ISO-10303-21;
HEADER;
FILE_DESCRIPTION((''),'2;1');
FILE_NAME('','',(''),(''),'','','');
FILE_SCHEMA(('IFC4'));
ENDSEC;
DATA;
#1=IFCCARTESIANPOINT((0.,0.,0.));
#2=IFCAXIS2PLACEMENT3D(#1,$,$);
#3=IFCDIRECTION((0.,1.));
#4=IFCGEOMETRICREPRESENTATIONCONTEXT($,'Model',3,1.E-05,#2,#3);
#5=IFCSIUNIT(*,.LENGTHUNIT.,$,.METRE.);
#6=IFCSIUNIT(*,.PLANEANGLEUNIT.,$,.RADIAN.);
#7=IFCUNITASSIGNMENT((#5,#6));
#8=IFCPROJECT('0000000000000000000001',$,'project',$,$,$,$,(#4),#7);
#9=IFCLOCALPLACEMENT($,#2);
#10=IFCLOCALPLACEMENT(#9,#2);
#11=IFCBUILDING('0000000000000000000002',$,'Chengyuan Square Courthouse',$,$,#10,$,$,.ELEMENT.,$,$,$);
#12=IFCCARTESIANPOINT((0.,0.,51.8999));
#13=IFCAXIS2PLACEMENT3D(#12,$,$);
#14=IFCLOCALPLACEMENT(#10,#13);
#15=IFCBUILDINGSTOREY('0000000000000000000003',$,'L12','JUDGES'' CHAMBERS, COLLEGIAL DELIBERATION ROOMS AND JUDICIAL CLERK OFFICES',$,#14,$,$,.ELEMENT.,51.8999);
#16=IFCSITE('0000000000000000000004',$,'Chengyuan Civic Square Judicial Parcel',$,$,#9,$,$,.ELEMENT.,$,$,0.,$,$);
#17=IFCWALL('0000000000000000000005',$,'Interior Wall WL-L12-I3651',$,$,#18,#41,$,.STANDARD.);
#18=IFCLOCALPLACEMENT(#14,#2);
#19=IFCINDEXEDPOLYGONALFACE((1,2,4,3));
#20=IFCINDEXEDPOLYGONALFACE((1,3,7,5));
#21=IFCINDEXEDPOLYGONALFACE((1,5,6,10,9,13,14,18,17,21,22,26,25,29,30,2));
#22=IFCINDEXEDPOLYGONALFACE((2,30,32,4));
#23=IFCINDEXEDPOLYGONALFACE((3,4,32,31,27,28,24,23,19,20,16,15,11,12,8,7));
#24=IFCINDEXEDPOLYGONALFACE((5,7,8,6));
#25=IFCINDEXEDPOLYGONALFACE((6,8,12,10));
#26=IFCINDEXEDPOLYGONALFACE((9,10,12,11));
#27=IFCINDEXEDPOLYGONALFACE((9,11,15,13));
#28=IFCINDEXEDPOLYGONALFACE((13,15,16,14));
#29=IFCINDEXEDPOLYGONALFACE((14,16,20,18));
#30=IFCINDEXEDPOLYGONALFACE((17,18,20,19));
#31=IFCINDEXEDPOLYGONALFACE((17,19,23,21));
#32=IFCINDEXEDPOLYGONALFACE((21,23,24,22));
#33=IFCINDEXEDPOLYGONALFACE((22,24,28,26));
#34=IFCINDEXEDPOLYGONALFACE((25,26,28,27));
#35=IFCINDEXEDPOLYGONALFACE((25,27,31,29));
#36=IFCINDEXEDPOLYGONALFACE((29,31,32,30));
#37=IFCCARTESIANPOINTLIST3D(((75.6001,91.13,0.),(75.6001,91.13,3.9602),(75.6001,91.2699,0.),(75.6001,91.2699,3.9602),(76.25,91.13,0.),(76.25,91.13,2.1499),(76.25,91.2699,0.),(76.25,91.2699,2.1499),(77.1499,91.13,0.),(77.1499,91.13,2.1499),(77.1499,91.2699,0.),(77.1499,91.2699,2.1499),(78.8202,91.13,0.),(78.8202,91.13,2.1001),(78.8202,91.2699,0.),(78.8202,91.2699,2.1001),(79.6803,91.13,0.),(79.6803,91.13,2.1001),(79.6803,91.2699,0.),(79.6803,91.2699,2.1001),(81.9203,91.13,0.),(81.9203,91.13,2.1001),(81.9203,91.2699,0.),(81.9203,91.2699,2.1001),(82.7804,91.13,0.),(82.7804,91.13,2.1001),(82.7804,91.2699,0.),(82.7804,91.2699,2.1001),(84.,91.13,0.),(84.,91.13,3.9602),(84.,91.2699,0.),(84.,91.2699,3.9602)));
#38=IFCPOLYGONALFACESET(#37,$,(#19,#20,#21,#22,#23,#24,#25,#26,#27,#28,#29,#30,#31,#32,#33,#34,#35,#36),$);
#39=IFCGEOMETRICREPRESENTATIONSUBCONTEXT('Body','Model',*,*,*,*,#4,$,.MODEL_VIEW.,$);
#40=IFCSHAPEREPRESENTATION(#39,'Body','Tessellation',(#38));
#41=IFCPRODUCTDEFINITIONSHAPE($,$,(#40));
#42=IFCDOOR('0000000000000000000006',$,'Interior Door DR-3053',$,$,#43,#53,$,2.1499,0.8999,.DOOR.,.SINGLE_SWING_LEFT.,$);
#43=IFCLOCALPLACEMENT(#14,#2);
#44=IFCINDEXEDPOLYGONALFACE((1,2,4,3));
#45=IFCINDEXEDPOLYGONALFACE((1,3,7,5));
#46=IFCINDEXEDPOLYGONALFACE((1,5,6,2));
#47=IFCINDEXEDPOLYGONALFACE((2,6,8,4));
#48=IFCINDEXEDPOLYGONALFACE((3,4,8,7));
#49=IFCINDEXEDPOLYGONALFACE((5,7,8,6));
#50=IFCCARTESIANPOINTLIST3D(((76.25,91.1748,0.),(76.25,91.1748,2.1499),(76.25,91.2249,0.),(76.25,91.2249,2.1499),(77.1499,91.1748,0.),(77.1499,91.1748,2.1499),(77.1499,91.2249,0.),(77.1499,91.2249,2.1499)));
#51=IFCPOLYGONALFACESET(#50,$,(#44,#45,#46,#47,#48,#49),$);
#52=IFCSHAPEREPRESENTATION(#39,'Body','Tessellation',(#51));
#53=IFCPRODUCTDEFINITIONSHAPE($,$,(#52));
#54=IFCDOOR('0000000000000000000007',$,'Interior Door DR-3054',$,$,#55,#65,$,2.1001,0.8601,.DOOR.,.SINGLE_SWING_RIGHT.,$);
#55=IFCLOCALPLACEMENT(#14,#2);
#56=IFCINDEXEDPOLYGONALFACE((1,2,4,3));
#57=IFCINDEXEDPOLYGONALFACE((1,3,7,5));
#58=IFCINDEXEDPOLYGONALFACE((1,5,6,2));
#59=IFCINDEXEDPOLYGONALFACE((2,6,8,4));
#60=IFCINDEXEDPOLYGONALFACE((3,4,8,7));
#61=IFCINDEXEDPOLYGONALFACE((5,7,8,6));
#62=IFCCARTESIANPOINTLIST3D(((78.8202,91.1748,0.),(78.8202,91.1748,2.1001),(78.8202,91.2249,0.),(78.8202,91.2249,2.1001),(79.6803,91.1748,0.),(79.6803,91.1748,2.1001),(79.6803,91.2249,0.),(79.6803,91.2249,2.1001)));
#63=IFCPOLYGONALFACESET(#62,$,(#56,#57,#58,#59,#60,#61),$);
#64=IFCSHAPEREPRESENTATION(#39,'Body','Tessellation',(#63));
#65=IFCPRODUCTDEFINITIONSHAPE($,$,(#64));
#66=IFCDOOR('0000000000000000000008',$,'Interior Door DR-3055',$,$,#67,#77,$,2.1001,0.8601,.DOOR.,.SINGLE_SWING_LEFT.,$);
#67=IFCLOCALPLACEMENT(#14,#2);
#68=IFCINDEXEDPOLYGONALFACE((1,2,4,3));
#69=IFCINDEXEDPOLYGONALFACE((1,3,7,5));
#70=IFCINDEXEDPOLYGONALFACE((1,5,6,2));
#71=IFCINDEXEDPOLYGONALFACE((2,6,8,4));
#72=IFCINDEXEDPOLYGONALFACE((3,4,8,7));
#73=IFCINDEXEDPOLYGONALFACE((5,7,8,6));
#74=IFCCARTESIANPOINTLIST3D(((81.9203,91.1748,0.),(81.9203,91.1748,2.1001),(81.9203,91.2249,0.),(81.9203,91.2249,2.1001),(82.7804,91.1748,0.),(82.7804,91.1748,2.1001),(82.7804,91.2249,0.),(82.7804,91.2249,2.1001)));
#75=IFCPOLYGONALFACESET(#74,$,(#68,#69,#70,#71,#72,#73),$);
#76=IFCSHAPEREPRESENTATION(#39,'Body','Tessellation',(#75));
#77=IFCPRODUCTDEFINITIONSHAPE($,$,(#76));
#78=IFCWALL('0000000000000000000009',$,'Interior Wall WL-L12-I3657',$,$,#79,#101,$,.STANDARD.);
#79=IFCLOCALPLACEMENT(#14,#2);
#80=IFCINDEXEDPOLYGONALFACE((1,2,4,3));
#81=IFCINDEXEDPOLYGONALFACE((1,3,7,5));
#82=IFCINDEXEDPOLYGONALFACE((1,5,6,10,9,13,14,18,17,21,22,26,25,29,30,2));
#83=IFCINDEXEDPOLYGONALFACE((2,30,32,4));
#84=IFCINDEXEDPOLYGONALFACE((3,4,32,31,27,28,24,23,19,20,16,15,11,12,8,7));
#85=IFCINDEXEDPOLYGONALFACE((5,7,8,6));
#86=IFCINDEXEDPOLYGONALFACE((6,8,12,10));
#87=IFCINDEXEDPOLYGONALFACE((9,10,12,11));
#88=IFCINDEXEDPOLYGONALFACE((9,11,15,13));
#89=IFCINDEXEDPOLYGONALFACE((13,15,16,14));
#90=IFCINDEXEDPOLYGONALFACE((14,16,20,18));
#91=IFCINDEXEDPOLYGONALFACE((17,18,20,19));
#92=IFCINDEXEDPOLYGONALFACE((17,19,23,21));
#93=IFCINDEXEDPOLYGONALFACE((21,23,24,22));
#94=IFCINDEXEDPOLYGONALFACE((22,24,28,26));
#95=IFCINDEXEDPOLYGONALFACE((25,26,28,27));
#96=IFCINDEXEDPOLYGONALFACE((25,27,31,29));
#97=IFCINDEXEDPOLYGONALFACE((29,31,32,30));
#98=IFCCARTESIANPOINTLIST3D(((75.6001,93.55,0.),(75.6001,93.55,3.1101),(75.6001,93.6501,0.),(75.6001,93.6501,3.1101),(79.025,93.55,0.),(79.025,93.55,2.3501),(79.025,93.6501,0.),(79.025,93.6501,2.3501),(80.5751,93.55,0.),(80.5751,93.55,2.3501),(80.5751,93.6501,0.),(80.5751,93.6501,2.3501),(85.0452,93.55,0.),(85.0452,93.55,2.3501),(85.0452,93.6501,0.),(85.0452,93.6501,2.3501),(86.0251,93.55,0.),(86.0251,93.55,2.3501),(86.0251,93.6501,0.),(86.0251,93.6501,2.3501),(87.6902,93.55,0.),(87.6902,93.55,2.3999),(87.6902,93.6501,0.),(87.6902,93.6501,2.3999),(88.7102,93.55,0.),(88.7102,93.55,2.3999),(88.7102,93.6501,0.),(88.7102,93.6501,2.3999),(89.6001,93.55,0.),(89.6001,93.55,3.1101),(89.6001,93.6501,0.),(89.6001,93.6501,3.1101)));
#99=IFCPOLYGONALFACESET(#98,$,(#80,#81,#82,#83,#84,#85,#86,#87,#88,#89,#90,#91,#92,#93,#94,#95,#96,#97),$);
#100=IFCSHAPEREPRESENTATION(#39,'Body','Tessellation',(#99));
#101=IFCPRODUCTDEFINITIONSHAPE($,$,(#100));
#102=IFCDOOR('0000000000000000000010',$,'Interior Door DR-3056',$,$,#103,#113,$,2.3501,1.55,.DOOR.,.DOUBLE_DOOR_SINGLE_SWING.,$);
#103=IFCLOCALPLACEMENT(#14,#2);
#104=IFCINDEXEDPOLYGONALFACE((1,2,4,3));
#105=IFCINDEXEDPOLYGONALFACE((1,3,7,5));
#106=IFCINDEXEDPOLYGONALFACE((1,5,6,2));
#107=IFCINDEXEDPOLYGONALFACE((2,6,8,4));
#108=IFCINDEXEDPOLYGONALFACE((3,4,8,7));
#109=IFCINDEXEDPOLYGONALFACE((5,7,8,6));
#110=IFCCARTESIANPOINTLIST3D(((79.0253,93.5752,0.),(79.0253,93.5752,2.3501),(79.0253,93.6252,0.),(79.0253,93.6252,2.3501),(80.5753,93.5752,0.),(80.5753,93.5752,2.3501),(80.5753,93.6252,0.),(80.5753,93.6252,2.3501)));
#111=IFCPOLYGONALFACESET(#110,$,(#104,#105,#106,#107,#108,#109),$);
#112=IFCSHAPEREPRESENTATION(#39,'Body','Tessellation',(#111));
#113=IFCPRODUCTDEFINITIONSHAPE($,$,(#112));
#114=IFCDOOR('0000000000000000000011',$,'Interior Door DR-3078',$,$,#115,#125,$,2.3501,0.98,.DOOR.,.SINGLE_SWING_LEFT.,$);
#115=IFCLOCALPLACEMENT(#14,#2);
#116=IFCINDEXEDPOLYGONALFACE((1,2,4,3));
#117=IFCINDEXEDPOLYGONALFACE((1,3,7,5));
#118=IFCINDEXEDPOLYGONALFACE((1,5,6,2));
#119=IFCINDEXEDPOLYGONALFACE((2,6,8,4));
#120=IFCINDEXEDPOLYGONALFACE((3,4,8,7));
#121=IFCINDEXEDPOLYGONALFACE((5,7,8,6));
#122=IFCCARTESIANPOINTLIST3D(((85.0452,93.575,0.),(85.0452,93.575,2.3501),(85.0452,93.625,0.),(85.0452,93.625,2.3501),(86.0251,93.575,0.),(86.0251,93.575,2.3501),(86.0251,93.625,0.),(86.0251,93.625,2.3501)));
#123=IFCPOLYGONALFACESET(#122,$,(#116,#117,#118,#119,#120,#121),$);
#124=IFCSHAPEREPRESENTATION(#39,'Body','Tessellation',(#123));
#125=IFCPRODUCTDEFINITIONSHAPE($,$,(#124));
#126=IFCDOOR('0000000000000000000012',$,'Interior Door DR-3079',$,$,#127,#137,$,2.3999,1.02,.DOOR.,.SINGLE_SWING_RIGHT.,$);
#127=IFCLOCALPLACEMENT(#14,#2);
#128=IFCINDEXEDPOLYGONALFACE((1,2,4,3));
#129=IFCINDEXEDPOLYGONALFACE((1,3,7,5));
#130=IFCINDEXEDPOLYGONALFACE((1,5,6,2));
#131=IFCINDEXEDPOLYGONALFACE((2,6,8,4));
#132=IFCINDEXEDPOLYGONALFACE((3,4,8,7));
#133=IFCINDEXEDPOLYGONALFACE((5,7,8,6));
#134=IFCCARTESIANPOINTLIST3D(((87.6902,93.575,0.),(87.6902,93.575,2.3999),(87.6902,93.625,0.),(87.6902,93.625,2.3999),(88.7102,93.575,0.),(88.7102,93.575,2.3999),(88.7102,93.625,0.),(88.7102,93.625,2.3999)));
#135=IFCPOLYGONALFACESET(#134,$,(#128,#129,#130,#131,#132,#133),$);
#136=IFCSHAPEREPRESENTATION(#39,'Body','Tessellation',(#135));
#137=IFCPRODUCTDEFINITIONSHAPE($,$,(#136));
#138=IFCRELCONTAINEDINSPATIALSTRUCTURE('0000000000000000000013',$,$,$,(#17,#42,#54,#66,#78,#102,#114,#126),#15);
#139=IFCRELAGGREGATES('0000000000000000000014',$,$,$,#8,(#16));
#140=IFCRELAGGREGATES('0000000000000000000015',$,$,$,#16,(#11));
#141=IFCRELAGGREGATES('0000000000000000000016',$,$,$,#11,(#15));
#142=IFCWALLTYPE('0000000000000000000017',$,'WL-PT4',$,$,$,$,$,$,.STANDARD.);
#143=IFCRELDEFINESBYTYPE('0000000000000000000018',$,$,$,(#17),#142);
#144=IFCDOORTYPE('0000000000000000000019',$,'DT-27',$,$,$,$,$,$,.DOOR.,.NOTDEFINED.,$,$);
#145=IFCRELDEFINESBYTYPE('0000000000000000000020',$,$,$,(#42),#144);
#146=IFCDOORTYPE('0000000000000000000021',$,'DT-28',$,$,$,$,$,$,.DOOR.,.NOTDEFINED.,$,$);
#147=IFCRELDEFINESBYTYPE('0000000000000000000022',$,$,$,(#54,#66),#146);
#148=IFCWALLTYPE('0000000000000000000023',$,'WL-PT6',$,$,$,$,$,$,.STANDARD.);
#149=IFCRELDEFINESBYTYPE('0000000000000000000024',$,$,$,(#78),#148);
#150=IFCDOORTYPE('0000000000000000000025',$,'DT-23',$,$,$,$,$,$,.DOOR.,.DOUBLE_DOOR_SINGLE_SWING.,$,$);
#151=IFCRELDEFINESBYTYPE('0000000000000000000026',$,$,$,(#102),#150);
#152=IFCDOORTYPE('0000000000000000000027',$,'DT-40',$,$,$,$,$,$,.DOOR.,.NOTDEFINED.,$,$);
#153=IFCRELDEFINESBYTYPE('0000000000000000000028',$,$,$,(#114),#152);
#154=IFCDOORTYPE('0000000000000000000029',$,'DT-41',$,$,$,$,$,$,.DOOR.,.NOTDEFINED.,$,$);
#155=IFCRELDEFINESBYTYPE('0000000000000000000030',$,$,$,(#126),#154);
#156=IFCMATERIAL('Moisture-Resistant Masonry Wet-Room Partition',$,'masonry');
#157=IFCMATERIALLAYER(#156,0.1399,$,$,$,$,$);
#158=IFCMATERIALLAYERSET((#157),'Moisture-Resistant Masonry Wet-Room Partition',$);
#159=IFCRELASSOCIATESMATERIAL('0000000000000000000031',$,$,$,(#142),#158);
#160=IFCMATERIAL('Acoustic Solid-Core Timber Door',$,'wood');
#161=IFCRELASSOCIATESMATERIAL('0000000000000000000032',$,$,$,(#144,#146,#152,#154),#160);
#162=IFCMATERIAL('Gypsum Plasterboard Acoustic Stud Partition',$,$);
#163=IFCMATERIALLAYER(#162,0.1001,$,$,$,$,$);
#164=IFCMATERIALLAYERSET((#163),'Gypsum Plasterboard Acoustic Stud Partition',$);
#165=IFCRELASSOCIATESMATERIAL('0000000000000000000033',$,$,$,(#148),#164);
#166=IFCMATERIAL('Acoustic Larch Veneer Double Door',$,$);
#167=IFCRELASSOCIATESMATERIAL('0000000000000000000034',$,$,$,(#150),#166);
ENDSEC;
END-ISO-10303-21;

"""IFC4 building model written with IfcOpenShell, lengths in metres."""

from ifc_helpers import new_model, si_unit, direction, frame, frame_2d, origin, place, context, subcontext, project, spatial, rectangle, extrude, material, layer, layer_set, type_object, element, fill, save


model = new_model("IFC4")

# Units and contexts
model_context = context("Model", 3, precision=1e-05, world=origin(), true_north=direction((0.0, 1.0)))
body_context = subcontext(model_context, "Body", "Model", "MODEL_VIEW")
ifc_project = project(units=[si_unit("LENGTHUNIT", "METRE"), si_unit("PLANEANGLEUNIT", "RADIAN")], contexts=[model_context])

# Site, building, storey
site_placement = place(None, origin())
site = spatial("IfcSite", under=ifc_project, at=site_placement, Name="Chengyuan Civic Square Judicial Parcel", CompositionType="ELEMENT", RefElevation=0.0)
building_placement = place(site_placement, origin())
building = spatial("IfcBuilding", under=site, at=building_placement, Name="Chengyuan Square Courthouse", CompositionType="ELEMENT")
storey_placement = place(building_placement, frame((0.0, 0.0, 51.8999)))
storey = spatial("IfcBuildingStorey", under=building, at=storey_placement, Name="L12", Description="JUDGES' CHAMBERS, COLLEGIAL DELIBERATION ROOMS AND JUDICIAL CLERK OFFICES", CompositionType="ELEMENT", Elevation=51.8999)

# Shared definitions
ifc_material_1 = material(Name="Acoustic Solid-Core Timber Door", Category="wood")

# Walls, openings, doors
ifc_material_2 = material(Name="Moisture-Resistant Masonry Wet-Room Partition", Category="masonry")
ifc_layer_1 = layer(ifc_material_2, 0.1399)
ifc_layer_set_1 = layer_set([ifc_layer_1], Name="Moisture-Resistant Masonry Wet-Room Partition")
wall_type_1 = type_object("IfcWallType", Name="WL-PT4", PredefinedType="STANDARD", material=ifc_layer_set_1)
wall_1_placement = place(storey_placement, frame((75.6001, 91.2, 0.0), z_axis=(0.0, 0.0, 1.0), x_axis=(1.0, 0.0, 0.0)))
wall_1 = element("IfcWall", 1, at=wall_1_placement, inside=storey, type_object=wall_type_1, Name="Interior Wall WL-L12-I3651", PredefinedType="STANDARD", context=body_context, shape_type="SweptSolid", body=[
    extrude(rectangle(XDim=8.3999, YDim=0.1399, at=frame_2d((4.2, 0.0))), origin(), (0.0, 0.0, 1.0), 3.9602),
])
opening_1_placement = place(wall_1_placement, frame((0.6499, 0.0, 0.0)))
opening_1 = element("IfcOpeningElement", 2, at=opening_1_placement, cuts=wall_1, PredefinedType="OPENING", context=body_context, shape_type="SweptSolid", body=[
    extrude(rectangle(XDim=0.8999, YDim=2.1499, at=frame_2d((0.45, 1.075))), frame((0.0, 0.082, 0.0), z_axis=(0.0, -1.0, 0.0), x_axis=(1.0, 0.0, 0.0)), (0.0, 0.0, 1.0), 0.1638),
])
opening_2_placement = place(wall_1_placement, frame((3.22, 0.0, 0.0)))
opening_2 = element("IfcOpeningElement", 3, at=opening_2_placement, cuts=wall_1, PredefinedType="OPENING", context=body_context, shape_type="SweptSolid", body=[
    extrude(rectangle(XDim=0.8601, YDim=2.1001, at=frame_2d((0.4302, 1.05))), frame((0.0, 0.082, 0.0), z_axis=(0.0, -1.0, 0.0), x_axis=(1.0, 0.0, 0.0)), (0.0, 0.0, 1.0), 0.1638),
])
opening_3_placement = place(wall_1_placement, frame((6.3201, 0.0, 0.0)))
opening_3 = element("IfcOpeningElement", 4, at=opening_3_placement, cuts=wall_1, PredefinedType="OPENING", context=body_context, shape_type="SweptSolid", body=[
    extrude(rectangle(XDim=0.8601, YDim=2.1001, at=frame_2d((0.4302, 1.05))), frame((0.0, 0.082, 0.0), z_axis=(0.0, -1.0, 0.0), x_axis=(1.0, 0.0, 0.0)), (0.0, 0.0, 1.0), 0.1638),
])
door_type_1 = type_object("IfcDoorType", Name="DT-27", OperationType="NOTDEFINED", PredefinedType="DOOR", material=ifc_material_1)
door_1_placement = place(opening_1_placement, origin())
door_1 = element("IfcDoor", 5, at=door_1_placement, inside=storey, type_object=door_type_1, Name="Interior Door DR-3053", OperationType="SINGLE_SWING_LEFT", OverallHeight=2.1499, OverallWidth=0.8999, PredefinedType="DOOR", context=body_context, shape_type="SweptSolid", body=[
    extrude(rectangle(XDim=0.8999, YDim=2.1499, at=frame_2d((0.45, 1.075))), frame((0.0, 0.0249, 0.0), z_axis=(0.0, -1.0, 0.0), x_axis=(1.0, 0.0, 0.0)), (0.0, 0.0, 1.0), 0.05),
])
fill(opening_1, door_1)
door_type_2 = type_object("IfcDoorType", Name="DT-28", OperationType="NOTDEFINED", PredefinedType="DOOR", material=ifc_material_1)
door_2_placement = place(opening_2_placement, origin())
door_2 = element("IfcDoor", 6, at=door_2_placement, inside=storey, type_object=door_type_2, Name="Interior Door DR-3054", OperationType="SINGLE_SWING_RIGHT", OverallHeight=2.1001, OverallWidth=0.8601, PredefinedType="DOOR", context=body_context, shape_type="SweptSolid", body=[
    extrude(rectangle(XDim=0.8601, YDim=2.1001, at=frame_2d((0.4302, 1.05))), frame((0.0, 0.0249, 0.0), z_axis=(0.0, -1.0, 0.0), x_axis=(1.0, 0.0, 0.0)), (0.0, 0.0, 1.0), 0.05),
])
fill(opening_2, door_2)
door_3_placement = place(opening_3_placement, origin())
door_3 = element("IfcDoor", 7, at=door_3_placement, inside=storey, type_object=door_type_2, Name="Interior Door DR-3055", OperationType="SINGLE_SWING_LEFT", OverallHeight=2.1001, OverallWidth=0.8601, PredefinedType="DOOR", context=body_context, shape_type="SweptSolid", body=[
    extrude(rectangle(XDim=0.8601, YDim=2.1001, at=frame_2d((0.4302, 1.05))), frame((0.0, 0.0249, 0.0), z_axis=(0.0, -1.0, 0.0), x_axis=(1.0, 0.0, 0.0)), (0.0, 0.0, 1.0), 0.05),
])
fill(opening_3, door_3)
ifc_material_3 = material(Name="Gypsum Plasterboard Acoustic Stud Partition")
ifc_layer_2 = layer(ifc_material_3, 0.1001)
ifc_layer_set_2 = layer_set([ifc_layer_2], Name="Gypsum Plasterboard Acoustic Stud Partition")
wall_type_2 = type_object("IfcWallType", Name="WL-PT6", PredefinedType="STANDARD", material=ifc_layer_set_2)
wall_2_placement = place(storey_placement, frame((75.6001, 93.6001, 0.0), z_axis=(0.0, 0.0, 1.0), x_axis=(1.0, 0.0, 0.0)))
wall_2 = element("IfcWall", 8, at=wall_2_placement, inside=storey, type_object=wall_type_2, Name="Interior Wall WL-L12-I3657", PredefinedType="STANDARD", context=body_context, shape_type="SweptSolid", body=[
    extrude(rectangle(XDim=14.0, YDim=0.1001, at=frame_2d((7.0, 0.0))), origin(), (0.0, 0.0, 1.0), 3.1101),
])
opening_4_placement = place(wall_2_placement, frame((3.425, 0.0, 0.0)))
opening_4 = element("IfcOpeningElement", 9, at=opening_4_placement, cuts=wall_2, PredefinedType="OPENING", context=body_context, shape_type="SweptSolid", body=[
    extrude(rectangle(XDim=1.55, YDim=2.3501, at=frame_2d((0.7749, 1.175))), frame((0.0, 0.062, 0.0), z_axis=(0.0, -1.0, 0.0), x_axis=(1.0, 0.0, 0.0)), (0.0, 0.0, 1.0), 0.124),
])
opening_5_placement = place(wall_2_placement, frame((9.4451, 0.0, 0.0)))
opening_5 = element("IfcOpeningElement", 10, at=opening_5_placement, cuts=wall_2, PredefinedType="OPENING", context=body_context, shape_type="SweptSolid", body=[
    extrude(rectangle(XDim=0.98, YDim=2.3501, at=frame_2d((0.49, 1.175))), frame((0.0, 0.062, 0.0), z_axis=(0.0, -1.0, 0.0), x_axis=(1.0, 0.0, 0.0)), (0.0, 0.0, 1.0), 0.124),
])
opening_6_placement = place(wall_2_placement, frame((12.0901, 0.0, 0.0)))
opening_6 = element("IfcOpeningElement", 11, at=opening_6_placement, cuts=wall_2, PredefinedType="OPENING", context=body_context, shape_type="SweptSolid", body=[
    extrude(rectangle(XDim=1.02, YDim=2.3999, at=frame_2d((0.51, 1.2))), frame((0.0, 0.062, 0.0), z_axis=(0.0, -1.0, 0.0), x_axis=(1.0, 0.0, 0.0)), (0.0, 0.0, 1.0), 0.124),
])
ifc_material_4 = material(Name="Acoustic Larch Veneer Double Door")
door_type_3 = type_object("IfcDoorType", Name="DT-23", OperationType="DOUBLE_DOOR_SINGLE_SWING", PredefinedType="DOOR", material=ifc_material_4)
door_4_placement = place(opening_4_placement, frame((1.55, 0.0, 0.0), z_axis=(0.0, 0.0, 1.0), x_axis=(-1.0, 0.0, 0.0)))
door_4 = element("IfcDoor", 12, at=door_4_placement, inside=storey, type_object=door_type_3, Name="Interior Door DR-3056", OperationType="DOUBLE_DOOR_SINGLE_SWING", OverallHeight=2.3501, OverallWidth=1.55, PredefinedType="DOOR", context=body_context, shape_type="SweptSolid", body=[
    extrude(rectangle(XDim=1.55, YDim=2.3501, at=frame_2d((0.7749, 1.175))), frame((0.0, 0.0249, 0.0), z_axis=(0.0, -1.0, 0.0), x_axis=(1.0, 0.0, 0.0)), (0.0, 0.0, 1.0), 0.05),
])
fill(opening_4, door_4)
door_type_4 = type_object("IfcDoorType", Name="DT-40", OperationType="NOTDEFINED", PredefinedType="DOOR", material=ifc_material_1)
door_5_placement = place(opening_5_placement, origin())
door_5 = element("IfcDoor", 13, at=door_5_placement, inside=storey, type_object=door_type_4, Name="Interior Door DR-3078", OperationType="SINGLE_SWING_LEFT", OverallHeight=2.3501, OverallWidth=0.98, PredefinedType="DOOR", context=body_context, shape_type="SweptSolid", body=[
    extrude(rectangle(XDim=0.98, YDim=2.3501, at=frame_2d((0.49, 1.175))), frame((0.0, 0.0249, 0.0), z_axis=(0.0, -1.0, 0.0), x_axis=(1.0, 0.0, 0.0)), (0.0, 0.0, 1.0), 0.05),
])
fill(opening_5, door_5)
door_type_5 = type_object("IfcDoorType", Name="DT-41", OperationType="NOTDEFINED", PredefinedType="DOOR", material=ifc_material_1)
door_6_placement = place(opening_6_placement, origin())
door_6 = element("IfcDoor", 14, at=door_6_placement, inside=storey, type_object=door_type_5, Name="Interior Door DR-3079", OperationType="SINGLE_SWING_RIGHT", OverallHeight=2.3999, OverallWidth=1.02, PredefinedType="DOOR", context=body_context, shape_type="SweptSolid", body=[
    extrude(rectangle(XDim=1.02, YDim=2.3999, at=frame_2d((0.51, 1.2))), frame((0.0, 0.0249, 0.0), z_axis=(0.0, -1.0, 0.0), x_axis=(1.0, 0.0, 0.0)), (0.0, 0.0, 1.0), 0.05),
])
fill(opening_6, door_6)

save(model, "model.ifc")
